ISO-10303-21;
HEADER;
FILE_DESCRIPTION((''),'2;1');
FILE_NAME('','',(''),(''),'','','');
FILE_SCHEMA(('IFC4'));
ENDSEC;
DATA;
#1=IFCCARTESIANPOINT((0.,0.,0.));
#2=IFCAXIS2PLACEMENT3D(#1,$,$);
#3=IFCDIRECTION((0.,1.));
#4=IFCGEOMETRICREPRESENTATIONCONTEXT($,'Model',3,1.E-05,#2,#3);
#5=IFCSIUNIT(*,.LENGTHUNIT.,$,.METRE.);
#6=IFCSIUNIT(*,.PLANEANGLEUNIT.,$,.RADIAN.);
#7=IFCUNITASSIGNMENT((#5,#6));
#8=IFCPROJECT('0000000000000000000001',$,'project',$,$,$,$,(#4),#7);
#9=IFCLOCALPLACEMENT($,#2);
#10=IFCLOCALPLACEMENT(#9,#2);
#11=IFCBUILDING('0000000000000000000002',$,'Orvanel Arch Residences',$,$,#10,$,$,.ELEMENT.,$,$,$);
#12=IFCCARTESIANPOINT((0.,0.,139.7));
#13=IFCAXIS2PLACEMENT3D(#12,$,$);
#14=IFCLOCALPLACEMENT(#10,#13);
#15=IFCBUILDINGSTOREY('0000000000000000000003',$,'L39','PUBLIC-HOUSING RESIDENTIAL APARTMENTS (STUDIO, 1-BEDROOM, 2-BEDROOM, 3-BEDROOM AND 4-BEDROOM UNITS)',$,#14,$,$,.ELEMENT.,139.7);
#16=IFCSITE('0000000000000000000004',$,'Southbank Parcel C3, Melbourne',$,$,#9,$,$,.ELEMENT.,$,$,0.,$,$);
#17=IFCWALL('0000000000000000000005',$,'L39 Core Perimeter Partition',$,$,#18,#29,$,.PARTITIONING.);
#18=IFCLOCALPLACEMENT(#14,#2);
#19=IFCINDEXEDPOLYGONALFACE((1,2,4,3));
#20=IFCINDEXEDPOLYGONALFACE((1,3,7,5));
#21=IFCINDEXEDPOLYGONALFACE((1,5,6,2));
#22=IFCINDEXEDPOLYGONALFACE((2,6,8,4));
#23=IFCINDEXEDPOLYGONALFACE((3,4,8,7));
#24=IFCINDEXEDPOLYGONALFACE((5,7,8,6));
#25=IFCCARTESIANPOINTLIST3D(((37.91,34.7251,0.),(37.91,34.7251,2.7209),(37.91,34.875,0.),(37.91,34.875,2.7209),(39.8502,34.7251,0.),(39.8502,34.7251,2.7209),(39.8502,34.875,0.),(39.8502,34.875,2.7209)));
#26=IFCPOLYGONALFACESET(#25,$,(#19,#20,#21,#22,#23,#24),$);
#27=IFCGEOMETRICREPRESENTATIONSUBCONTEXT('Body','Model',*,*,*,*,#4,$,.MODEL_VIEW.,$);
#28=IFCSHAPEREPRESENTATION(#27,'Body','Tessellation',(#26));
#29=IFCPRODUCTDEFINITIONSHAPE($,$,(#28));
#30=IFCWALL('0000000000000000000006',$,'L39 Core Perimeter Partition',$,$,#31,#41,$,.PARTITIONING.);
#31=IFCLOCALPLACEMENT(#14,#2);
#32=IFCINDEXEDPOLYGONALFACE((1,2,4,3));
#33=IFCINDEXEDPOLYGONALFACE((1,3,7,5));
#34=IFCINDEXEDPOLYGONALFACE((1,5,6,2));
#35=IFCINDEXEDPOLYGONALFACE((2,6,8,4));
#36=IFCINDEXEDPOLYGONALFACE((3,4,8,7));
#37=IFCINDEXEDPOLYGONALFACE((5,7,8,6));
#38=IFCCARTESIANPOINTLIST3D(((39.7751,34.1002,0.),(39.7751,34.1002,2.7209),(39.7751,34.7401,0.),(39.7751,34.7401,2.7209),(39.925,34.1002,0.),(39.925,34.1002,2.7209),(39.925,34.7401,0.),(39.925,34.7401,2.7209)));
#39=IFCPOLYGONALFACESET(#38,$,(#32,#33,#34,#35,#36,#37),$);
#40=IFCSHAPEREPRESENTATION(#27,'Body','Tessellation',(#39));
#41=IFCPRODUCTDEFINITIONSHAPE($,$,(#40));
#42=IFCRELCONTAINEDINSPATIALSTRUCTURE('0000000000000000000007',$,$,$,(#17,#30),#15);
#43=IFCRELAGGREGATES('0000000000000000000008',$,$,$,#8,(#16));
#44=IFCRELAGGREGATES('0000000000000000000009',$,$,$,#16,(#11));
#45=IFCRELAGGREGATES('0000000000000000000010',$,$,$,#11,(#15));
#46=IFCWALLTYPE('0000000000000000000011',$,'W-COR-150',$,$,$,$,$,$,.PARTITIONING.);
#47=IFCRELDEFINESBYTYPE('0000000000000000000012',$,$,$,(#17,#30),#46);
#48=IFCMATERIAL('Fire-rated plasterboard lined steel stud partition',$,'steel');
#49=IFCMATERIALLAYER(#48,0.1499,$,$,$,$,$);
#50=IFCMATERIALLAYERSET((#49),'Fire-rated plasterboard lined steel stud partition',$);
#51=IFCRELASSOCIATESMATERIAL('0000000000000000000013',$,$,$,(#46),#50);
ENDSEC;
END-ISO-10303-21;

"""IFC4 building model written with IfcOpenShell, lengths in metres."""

from ifc_helpers import new_model, si_unit, direction, frame, frame_2d, origin, place, context, subcontext, project, spatial, rectangle, extrude, material, layer, layer_set, type_object, element, save


model = new_model("IFC4")

# Units and contexts
model_context = context("Model", 3, precision=1e-05, world=origin(), true_north=direction((0.0, 1.0)))
body_context = subcontext(model_context, "Body", "Model", "MODEL_VIEW")
ifc_project = project(units=[si_unit("LENGTHUNIT", "METRE"), si_unit("PLANEANGLEUNIT", "RADIAN")], contexts=[model_context])

# Site, building, storey
site_placement = place(None, origin())
site = spatial("IfcSite", under=ifc_project, at=site_placement, Name="Southbank Parcel C3, Melbourne", CompositionType="ELEMENT", RefElevation=0.0)
building_placement = place(site_placement, origin())
building = spatial("IfcBuilding", under=site, at=building_placement, Name="Orvanel Arch Residences", CompositionType="ELEMENT")
storey_placement = place(building_placement, frame((0.0, 0.0, 139.7)))
storey = spatial("IfcBuildingStorey", under=building, at=storey_placement, Name="L39", Description="PUBLIC-HOUSING RESIDENTIAL APARTMENTS (STUDIO, 1-BEDROOM, 2-BEDROOM, 3-BEDROOM AND 4-BEDROOM UNITS)", CompositionType="ELEMENT", Elevation=139.7)

# Walls
ifc_material_1 = material(Name="Fire-rated plasterboard lined steel stud partition", Category="steel")
ifc_layer_1 = layer(ifc_material_1, 0.1499)
ifc_layer_set_1 = layer_set([ifc_layer_1], Name="Fire-rated plasterboard lined steel stud partition")
wall_type_1 = type_object("IfcWallType", Name="W-COR-150", PredefinedType="PARTITIONING", material=ifc_layer_set_1)
wall_1_placement = place(storey_placement, frame((37.9099, 34.8, 0.0), z_axis=(0.0, 0.0, 1.0), x_axis=(1.0, 0.0, 0.0)))
element("IfcWall", 1, at=wall_1_placement, inside=storey, type_object=wall_type_1, Name="L39 Core Perimeter Partition", PredefinedType="PARTITIONING", context=body_context, shape_type="SweptSolid", body=[
    extrude(rectangle(XDim=1.9402, YDim=0.1499, at=frame_2d((0.9702, 0.0))), origin(), (0.0, 0.0, 1.0), 2.7209),
])
wall_2_placement = place(storey_placement, frame((39.8501, 34.74, 0.0), z_axis=(0.0, 0.0, 1.0), x_axis=(0.0, -1.0, 0.0)))
element("IfcWall", 2, at=wall_2_placement, inside=storey, type_object=wall_type_1, Name="L39 Core Perimeter Partition", PredefinedType="PARTITIONING", context=body_context, shape_type="SweptSolid", body=[
    extrude(rectangle(XDim=0.6399, YDim=0.1499, at=frame_2d((0.3198, 0.0))), origin(), (0.0, 0.0, 1.0), 2.7209),
])

save(model, "model.ifc")
